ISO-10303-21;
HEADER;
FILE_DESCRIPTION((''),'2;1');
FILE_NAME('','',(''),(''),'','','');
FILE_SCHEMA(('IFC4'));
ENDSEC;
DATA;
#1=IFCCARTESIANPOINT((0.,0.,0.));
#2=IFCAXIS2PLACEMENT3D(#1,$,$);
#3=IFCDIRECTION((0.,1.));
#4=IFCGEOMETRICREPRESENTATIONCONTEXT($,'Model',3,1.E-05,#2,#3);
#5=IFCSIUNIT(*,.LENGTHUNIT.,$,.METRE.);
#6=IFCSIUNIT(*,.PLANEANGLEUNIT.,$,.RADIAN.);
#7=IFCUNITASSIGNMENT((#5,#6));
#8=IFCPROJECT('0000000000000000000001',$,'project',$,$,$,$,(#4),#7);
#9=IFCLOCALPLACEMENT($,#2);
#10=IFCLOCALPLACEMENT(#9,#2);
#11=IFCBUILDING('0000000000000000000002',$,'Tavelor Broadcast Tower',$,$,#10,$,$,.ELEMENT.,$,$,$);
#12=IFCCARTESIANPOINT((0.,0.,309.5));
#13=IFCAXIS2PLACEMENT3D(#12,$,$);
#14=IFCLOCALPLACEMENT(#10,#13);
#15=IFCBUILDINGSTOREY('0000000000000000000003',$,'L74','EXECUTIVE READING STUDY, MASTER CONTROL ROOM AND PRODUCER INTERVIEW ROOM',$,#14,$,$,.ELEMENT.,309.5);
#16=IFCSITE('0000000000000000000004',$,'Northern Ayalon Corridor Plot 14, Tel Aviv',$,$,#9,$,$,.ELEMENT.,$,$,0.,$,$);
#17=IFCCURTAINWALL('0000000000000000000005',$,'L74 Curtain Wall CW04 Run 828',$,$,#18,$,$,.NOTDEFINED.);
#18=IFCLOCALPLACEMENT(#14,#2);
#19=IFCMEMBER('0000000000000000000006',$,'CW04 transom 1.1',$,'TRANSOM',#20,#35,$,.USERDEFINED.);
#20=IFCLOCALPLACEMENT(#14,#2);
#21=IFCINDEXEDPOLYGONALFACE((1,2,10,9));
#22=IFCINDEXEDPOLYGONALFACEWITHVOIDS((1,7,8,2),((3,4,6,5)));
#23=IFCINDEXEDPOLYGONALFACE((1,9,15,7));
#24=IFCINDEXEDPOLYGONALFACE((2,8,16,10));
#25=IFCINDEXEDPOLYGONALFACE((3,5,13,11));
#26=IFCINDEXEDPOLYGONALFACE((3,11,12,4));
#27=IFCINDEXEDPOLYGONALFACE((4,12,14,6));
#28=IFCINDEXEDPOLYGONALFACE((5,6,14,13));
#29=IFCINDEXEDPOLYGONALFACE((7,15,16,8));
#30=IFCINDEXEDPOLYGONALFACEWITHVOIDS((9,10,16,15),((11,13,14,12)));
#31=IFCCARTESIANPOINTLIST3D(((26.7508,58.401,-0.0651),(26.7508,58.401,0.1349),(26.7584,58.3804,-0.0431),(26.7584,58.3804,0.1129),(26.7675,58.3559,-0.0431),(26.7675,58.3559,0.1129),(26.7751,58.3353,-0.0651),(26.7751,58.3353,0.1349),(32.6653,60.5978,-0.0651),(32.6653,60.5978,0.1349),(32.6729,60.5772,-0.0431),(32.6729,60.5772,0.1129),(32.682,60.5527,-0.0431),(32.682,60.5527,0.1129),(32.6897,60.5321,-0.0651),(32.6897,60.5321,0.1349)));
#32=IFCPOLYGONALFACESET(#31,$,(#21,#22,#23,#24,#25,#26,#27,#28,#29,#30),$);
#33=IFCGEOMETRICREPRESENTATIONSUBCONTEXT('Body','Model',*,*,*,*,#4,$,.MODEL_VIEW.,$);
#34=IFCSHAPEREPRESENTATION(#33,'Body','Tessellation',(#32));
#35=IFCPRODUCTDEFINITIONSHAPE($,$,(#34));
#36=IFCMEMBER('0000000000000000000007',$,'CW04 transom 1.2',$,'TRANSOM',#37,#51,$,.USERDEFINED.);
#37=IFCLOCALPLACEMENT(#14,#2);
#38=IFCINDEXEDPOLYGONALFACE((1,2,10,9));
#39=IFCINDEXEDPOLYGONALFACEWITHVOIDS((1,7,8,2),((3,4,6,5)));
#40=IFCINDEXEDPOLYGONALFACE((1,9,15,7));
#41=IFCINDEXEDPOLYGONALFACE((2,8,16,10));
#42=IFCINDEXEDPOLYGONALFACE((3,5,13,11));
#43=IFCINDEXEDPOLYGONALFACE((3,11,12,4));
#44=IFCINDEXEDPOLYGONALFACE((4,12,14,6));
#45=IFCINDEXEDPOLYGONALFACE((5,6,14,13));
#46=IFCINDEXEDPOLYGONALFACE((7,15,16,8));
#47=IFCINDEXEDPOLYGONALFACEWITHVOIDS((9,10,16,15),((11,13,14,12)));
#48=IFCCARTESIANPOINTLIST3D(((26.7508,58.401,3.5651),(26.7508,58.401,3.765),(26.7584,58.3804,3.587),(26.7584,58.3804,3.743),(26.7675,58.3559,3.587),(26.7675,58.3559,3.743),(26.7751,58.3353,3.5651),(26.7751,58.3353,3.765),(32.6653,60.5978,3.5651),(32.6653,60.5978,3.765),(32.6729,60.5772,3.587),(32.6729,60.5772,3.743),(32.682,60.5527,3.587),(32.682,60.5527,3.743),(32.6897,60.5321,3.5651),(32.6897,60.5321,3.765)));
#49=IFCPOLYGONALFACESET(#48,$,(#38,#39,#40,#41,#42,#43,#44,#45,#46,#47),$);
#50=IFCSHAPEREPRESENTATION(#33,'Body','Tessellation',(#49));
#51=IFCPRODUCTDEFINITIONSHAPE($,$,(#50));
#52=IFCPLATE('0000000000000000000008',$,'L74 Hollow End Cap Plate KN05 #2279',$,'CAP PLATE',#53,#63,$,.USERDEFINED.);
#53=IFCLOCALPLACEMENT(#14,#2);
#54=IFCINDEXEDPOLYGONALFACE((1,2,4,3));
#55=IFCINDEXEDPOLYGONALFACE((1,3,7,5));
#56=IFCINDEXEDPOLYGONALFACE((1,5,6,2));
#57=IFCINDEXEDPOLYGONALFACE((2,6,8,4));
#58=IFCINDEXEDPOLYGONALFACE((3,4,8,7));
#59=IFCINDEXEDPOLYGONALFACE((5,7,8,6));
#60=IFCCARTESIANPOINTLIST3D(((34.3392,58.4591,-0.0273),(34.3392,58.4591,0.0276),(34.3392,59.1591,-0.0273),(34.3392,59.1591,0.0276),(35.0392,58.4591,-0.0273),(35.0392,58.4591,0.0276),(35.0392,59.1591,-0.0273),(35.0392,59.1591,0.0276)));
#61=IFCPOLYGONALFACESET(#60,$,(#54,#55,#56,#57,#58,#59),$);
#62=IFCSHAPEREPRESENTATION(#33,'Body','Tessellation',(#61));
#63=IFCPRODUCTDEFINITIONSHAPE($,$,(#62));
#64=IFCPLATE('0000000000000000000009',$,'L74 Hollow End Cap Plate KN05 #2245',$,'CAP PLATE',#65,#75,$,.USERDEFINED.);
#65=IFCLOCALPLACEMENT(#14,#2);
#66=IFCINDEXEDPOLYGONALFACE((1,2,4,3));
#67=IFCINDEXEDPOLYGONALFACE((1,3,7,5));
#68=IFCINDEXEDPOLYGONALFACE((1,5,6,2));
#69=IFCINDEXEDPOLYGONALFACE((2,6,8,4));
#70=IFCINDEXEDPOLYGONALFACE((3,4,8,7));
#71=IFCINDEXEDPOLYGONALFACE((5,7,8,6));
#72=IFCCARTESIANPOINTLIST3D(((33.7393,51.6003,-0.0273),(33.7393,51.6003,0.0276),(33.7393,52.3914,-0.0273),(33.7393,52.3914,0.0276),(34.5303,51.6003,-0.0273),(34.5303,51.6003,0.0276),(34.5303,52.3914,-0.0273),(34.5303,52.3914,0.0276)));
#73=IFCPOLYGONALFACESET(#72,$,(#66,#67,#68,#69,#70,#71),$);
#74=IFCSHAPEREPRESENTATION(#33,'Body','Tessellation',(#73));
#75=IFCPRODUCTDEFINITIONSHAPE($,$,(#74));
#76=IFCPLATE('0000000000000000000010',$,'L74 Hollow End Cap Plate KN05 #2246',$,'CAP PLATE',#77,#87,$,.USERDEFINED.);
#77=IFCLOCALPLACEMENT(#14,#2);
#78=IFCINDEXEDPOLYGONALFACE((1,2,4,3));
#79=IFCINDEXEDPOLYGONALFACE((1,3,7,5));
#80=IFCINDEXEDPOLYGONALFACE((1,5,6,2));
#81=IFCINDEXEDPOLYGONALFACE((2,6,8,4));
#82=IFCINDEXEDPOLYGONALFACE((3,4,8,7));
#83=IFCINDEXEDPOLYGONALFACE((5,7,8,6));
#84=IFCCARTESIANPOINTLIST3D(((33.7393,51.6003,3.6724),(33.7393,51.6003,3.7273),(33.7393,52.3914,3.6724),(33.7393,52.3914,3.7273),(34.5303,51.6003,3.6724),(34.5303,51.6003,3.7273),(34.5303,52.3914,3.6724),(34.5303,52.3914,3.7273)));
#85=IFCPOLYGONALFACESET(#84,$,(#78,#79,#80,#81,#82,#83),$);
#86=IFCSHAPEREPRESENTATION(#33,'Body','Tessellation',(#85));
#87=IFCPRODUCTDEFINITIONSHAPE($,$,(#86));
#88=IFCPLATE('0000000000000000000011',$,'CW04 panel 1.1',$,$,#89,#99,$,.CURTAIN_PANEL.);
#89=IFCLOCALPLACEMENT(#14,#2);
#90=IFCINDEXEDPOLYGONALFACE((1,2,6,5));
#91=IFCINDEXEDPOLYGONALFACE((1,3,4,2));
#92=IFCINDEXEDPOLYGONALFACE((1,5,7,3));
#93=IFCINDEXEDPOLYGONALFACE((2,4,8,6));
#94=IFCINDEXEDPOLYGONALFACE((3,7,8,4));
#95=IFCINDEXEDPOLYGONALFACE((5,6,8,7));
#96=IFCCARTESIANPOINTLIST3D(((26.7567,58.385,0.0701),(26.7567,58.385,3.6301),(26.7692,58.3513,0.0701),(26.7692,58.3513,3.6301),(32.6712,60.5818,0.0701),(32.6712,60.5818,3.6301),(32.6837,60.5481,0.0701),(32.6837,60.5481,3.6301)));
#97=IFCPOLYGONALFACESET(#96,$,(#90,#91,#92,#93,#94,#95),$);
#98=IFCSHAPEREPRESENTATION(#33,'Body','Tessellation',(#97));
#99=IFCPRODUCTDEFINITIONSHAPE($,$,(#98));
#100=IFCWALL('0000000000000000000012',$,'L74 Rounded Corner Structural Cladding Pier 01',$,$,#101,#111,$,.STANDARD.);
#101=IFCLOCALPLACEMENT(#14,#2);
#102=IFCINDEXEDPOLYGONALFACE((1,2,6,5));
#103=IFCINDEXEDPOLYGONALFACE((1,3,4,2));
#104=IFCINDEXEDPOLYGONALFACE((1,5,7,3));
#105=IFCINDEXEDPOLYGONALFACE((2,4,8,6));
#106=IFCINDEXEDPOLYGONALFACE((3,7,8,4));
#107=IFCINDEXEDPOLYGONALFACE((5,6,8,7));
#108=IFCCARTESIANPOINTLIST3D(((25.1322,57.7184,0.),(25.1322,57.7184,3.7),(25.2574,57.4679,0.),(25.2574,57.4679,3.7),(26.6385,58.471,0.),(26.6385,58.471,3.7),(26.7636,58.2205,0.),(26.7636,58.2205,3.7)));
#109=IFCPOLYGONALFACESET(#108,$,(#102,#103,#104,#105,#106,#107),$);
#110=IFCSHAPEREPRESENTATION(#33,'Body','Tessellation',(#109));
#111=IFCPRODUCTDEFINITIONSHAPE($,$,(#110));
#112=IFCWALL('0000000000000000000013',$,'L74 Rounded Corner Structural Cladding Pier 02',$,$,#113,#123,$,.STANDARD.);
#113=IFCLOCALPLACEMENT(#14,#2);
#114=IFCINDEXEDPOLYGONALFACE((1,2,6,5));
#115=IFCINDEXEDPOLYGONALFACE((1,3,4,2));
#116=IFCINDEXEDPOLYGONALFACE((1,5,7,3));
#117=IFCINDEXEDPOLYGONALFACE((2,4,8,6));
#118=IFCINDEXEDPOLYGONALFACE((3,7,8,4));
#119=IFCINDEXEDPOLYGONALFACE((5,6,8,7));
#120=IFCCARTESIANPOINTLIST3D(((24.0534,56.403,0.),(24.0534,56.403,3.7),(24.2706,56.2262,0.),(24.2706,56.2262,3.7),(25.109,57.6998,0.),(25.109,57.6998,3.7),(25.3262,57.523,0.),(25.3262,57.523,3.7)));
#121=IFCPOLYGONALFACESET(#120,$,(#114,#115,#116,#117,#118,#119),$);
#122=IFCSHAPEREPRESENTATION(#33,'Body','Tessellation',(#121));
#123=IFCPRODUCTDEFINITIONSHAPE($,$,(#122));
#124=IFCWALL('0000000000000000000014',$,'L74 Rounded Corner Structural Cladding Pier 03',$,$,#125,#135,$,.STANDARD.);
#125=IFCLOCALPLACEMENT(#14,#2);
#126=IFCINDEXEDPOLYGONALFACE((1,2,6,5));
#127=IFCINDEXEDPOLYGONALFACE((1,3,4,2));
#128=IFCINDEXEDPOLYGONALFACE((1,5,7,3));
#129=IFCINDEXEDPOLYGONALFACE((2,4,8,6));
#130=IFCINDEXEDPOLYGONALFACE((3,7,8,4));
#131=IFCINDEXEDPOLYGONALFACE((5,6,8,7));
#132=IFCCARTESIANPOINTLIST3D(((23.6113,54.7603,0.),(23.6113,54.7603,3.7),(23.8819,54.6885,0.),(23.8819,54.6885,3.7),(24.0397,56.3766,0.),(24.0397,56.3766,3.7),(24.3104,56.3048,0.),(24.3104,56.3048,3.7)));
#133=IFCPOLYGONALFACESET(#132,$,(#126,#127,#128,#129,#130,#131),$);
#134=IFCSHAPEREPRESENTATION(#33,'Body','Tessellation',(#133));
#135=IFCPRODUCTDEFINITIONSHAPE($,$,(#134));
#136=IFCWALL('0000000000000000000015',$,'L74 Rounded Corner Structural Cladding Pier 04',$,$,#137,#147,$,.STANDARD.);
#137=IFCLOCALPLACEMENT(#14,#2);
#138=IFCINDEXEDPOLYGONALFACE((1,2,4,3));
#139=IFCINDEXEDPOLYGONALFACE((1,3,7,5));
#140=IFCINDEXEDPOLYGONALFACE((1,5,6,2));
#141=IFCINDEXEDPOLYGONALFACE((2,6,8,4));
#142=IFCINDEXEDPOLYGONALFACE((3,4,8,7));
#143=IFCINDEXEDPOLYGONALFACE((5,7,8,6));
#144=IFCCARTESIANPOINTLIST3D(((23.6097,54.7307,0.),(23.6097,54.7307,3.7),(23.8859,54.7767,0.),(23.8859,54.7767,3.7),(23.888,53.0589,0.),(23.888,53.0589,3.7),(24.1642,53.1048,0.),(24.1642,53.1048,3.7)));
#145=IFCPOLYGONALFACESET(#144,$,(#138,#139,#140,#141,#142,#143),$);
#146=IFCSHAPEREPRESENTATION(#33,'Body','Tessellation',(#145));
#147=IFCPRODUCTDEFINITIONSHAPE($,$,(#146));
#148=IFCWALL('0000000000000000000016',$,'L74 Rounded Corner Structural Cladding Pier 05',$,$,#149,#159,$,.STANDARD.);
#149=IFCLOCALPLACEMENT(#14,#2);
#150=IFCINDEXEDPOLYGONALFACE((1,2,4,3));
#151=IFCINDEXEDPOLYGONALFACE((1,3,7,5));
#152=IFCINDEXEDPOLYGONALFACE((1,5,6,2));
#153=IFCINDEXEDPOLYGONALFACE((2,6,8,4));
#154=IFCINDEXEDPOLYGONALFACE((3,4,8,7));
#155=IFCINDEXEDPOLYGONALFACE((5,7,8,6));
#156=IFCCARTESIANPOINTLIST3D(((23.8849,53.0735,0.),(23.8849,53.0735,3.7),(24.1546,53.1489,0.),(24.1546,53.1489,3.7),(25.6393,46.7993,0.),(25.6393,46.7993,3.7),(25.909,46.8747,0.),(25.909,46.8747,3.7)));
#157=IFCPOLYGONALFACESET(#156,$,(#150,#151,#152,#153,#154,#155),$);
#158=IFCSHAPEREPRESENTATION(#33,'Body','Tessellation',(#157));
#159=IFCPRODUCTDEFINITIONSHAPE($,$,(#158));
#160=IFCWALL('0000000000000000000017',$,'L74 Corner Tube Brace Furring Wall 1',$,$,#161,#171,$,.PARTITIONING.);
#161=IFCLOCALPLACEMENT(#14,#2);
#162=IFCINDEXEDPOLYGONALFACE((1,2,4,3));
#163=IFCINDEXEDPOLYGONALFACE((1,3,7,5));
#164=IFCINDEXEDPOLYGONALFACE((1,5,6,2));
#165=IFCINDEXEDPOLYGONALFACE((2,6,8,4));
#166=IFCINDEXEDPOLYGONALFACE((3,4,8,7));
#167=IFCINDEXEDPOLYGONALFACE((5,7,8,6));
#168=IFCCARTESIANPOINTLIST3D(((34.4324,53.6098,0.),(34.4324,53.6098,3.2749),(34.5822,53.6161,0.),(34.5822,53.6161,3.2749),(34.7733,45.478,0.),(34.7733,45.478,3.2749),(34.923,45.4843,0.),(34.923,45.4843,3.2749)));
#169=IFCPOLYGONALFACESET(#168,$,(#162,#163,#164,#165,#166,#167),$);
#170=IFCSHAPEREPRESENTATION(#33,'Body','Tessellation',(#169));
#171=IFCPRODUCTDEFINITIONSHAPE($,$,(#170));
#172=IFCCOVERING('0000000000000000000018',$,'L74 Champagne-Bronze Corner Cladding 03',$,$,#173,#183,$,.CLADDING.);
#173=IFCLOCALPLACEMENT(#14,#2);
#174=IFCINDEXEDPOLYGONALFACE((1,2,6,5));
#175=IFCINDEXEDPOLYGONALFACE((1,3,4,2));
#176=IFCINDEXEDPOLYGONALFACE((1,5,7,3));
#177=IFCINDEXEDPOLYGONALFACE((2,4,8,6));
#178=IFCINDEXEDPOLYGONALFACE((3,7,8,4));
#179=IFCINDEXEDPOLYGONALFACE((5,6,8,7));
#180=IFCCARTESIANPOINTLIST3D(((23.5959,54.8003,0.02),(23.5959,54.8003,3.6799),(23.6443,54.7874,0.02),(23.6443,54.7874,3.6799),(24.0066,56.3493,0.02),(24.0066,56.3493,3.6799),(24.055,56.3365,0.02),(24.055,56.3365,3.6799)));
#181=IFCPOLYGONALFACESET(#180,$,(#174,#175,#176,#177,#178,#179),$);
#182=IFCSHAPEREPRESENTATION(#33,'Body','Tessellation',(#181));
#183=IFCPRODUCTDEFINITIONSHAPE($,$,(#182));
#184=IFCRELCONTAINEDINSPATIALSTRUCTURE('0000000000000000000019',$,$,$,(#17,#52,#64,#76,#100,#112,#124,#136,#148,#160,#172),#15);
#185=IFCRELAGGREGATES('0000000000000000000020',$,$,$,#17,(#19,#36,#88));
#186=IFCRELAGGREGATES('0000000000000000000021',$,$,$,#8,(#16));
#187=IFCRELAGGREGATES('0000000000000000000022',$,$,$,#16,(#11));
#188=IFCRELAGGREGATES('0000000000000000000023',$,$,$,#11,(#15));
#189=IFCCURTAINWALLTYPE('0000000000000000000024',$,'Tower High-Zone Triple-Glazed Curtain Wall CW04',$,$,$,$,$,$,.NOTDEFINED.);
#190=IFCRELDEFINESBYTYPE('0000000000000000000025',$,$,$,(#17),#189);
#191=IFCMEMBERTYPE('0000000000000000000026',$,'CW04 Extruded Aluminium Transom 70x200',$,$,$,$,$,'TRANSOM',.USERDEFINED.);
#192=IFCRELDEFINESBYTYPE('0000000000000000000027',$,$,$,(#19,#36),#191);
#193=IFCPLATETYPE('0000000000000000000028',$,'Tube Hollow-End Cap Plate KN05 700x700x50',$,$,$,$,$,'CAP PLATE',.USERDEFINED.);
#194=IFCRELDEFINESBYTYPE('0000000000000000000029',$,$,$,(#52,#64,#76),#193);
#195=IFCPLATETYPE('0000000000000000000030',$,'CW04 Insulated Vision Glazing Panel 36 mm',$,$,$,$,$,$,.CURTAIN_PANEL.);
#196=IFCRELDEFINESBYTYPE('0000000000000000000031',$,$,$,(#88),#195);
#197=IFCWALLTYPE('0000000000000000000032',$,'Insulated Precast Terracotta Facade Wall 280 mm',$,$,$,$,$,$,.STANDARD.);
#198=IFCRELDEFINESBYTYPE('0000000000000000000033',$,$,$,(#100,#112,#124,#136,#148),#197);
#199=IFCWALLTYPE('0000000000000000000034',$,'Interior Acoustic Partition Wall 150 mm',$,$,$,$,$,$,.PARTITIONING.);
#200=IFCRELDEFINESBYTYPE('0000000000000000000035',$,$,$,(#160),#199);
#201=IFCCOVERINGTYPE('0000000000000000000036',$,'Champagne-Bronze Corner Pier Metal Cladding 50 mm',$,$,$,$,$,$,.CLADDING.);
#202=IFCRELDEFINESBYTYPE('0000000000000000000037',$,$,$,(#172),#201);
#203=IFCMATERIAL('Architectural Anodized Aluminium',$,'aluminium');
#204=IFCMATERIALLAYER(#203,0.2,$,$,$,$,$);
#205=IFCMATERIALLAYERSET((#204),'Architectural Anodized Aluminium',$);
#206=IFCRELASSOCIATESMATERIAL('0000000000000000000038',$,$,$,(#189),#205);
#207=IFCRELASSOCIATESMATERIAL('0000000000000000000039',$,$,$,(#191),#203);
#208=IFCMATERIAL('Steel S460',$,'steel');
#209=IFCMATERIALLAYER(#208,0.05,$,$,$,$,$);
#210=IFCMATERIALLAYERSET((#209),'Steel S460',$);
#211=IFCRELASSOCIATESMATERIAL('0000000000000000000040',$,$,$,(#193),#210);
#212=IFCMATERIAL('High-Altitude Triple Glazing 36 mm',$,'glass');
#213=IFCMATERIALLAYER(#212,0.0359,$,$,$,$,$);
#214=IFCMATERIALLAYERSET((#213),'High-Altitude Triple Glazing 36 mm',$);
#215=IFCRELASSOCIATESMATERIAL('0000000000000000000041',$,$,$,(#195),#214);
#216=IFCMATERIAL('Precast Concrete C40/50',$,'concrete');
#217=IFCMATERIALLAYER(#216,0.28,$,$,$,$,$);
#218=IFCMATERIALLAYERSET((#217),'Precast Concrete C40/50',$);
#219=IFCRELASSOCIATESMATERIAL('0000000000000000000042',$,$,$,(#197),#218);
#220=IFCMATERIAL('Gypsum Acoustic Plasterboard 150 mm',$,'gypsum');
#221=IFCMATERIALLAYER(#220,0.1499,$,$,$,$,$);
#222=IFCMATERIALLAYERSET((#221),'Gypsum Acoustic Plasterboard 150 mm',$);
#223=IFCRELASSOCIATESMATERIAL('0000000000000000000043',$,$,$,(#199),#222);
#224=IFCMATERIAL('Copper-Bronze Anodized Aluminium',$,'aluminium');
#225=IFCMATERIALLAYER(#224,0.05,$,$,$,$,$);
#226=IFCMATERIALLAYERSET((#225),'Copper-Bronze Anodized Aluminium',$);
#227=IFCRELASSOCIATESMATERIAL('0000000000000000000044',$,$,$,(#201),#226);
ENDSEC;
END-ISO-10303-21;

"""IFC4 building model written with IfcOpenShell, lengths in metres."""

from ifc_helpers import new_model, si_unit, direction, frame, frame_2d, origin, origin_2d, place, context, subcontext, project, spatial, rectangle, hollow_rectangle, extrude, source, transform, mapped, material, layer, layer_set, material_profile, profile_set, type_object, type_shapes, element, aggregate, save


model = new_model("IFC4")

# Units and contexts
model_context = context("Model", 3, precision=1e-05, world=origin(), true_north=direction((0.0, 1.0)))
body_context = subcontext(model_context, "Body", "Model", "MODEL_VIEW")
ifc_project = project(units=[si_unit("LENGTHUNIT", "METRE"), si_unit("PLANEANGLEUNIT", "RADIAN")], contexts=[model_context])

# Site, building, storey
site_placement = place(None, origin())
site = spatial("IfcSite", under=ifc_project, at=site_placement, Name="Northern Ayalon Corridor Plot 14, Tel Aviv", CompositionType="ELEMENT", RefElevation=0.0)
building_placement = place(site_placement, origin())
building = spatial("IfcBuilding", under=site, at=building_placement, Name="Tavelor Broadcast Tower", CompositionType="ELEMENT")
storey_placement = place(building_placement, frame((0.0, 0.0, 309.5)))
storey = spatial("IfcBuildingStorey", under=building, at=storey_placement, Name="L74", Description="EXECUTIVE READING STUDY, MASTER CONTROL ROOM AND PRODUCER INTERVIEW ROOM", CompositionType="ELEMENT", Elevation=309.5)

# Shared definitions
ifc_material_1 = material(Name="Steel S460", Category="steel")

# Shared definitions
ifc_material_2 = material(Name="Architectural Anodized Aluminium", Category="aluminium")
ifc_layer_1 = layer(ifc_material_2, 0.2)
ifc_layer_set_1 = layer_set([ifc_layer_1], Name="Architectural Anodized Aluminium")
curtain_wall_type = type_object("IfcCurtainWallType", Name="Tower High-Zone Triple-Glazed Curtain Wall CW04", PredefinedType="NOTDEFINED", material=ifc_layer_set_1)

# Curtain wall, members
curtain_wall_1_placement = place(storey_placement, origin())
curtain_wall_1 = element("IfcCurtainWall", 1, at=curtain_wall_1_placement, inside=storey, type_object=curtain_wall_type, Name="L74 Curtain Wall CW04 Run 828", PredefinedType="NOTDEFINED")
ifc_material_profile_1 = material_profile(ifc_material_2, hollow_rectangle(XDim=0.0701, YDim=0.2, WallThickness=0.022, at=origin_2d()), Name="RHS 70x200x22")
ifc_profile_set_1 = profile_set([ifc_material_profile_1], Name="Architectural Anodized Aluminium")
member_type_1 = type_object("IfcMemberType", Name="CW04 Extruded Aluminium Transom 70x200", ElementType="TRANSOM", PredefinedType="USERDEFINED", material=ifc_profile_set_1)
shared_shape_1 = source(origin(), body_context, "Body", "SweptSolid", [
    extrude(hollow_rectangle(XDim=0.0701, YDim=0.2, WallThickness=0.022, at=origin_2d()), origin(), (0.0, 0.0, 1.0), 6.3093),
])
type_shapes(member_type_1, [shared_shape_1])
member_1_placement = place(storey_placement, frame((32.6775, 60.5649, 0.0349), z_axis=(-0.937428, -0.348179, 0.0), x_axis=(0.348179, -0.937428, 0.0)))
member_1 = element("IfcMember", 2, at=member_1_placement, type_object=member_type_1, Name="CW04 transom 1.1", ObjectType="TRANSOM", PredefinedType="USERDEFINED", context=body_context, shape_type="MappedRepresentation", body=[
    mapped(shared_shape_1, transform((0.0, 0.0, 0.0), scale=1.0)),
])
member_2_placement = place(storey_placement, frame((32.6775, 60.5649, 3.665), z_axis=(-0.937428, -0.348179, 0.0), x_axis=(0.348179, -0.937428, 0.0)))
member_2 = element("IfcMember", 3, at=member_2_placement, type_object=member_type_1, Name="CW04 transom 1.2", ObjectType="TRANSOM", PredefinedType="USERDEFINED", context=body_context, shape_type="MappedRepresentation", body=[
    mapped(shared_shape_1, transform((0.0, 0.0, 0.0), scale=1.0)),
])

# Plates
ifc_layer_2 = layer(ifc_material_1, 0.05)
ifc_layer_set_2 = layer_set([ifc_layer_2], Name="Steel S460")
plate_type_1 = type_object("IfcPlateType", Name="Tube Hollow-End Cap Plate KN05 700x700x50", ElementType="CAP PLATE", PredefinedType="USERDEFINED", material=ifc_layer_set_2)
shared_shape_2 = source(origin(), body_context, "Body", "SweptSolid", [
    extrude(rectangle(XDim=0.7, YDim=0.7, at=origin_2d()), origin(), (0.0, 0.0, 1.0), 0.0549),
])
plate_1_placement = place(storey_placement, frame((34.6892, 58.8091, -0.0273), z_axis=(0.0, 0.0, 1.0), x_axis=(1.0, 0.0, 0.0)))
element("IfcPlate", 4, at=plate_1_placement, inside=storey, type_object=plate_type_1, Name="L74 Hollow End Cap Plate KN05 #2279", ObjectType="CAP PLATE", PredefinedType="USERDEFINED", context=body_context, shape_type="MappedRepresentation", body=[
    mapped(shared_shape_2, transform((0.0, 0.0, 0.0), scale=1.0)),
])
shared_shape_3 = source(origin(), body_context, "Body", "SweptSolid", [
    extrude(rectangle(XDim=0.791, YDim=0.791, at=origin_2d()), origin(), (0.0, 0.0, 1.0), 0.0549),
])
type_shapes(plate_type_1, [shared_shape_2, shared_shape_3])
for number, where, z_axis, x_axis, name in (
    (5, (34.1348, 51.9958, -0.0273), (0.0, 0.0, 1.0), (1.0, 0.0, 0.0), "L74 Hollow End Cap Plate KN05 #2245"),
    (6, (34.1348, 51.9958, 3.6724), (0.0, 0.0, 1.0), (1.0, 0.0, 0.0), "L74 Hollow End Cap Plate KN05 #2246"),
):
    element("IfcPlate", number, at=place(storey_placement, frame(where, z_axis=z_axis, x_axis=x_axis)), inside=storey, type_object=plate_type_1, Name=name, ObjectType="CAP PLATE", PredefinedType="USERDEFINED", context=body_context, shape_type="MappedRepresentation", body=[
        mapped(shared_shape_3, transform((0.0, 0.0, 0.0), scale=1.0)),
    ])

# Plate
ifc_material_3 = material(Name="High-Altitude Triple Glazing 36 mm", Category="glass")
ifc_layer_3 = layer(ifc_material_3, 0.0359)
ifc_layer_set_3 = layer_set([ifc_layer_3], Name="High-Altitude Triple Glazing 36 mm")
plate_type_2 = type_object("IfcPlateType", Name="CW04 Insulated Vision Glazing Panel 36 mm", PredefinedType="CURTAIN_PANEL", material=ifc_layer_set_3)
shared_shape_4 = source(origin(), body_context, "Body", "SweptSolid", [
    extrude(rectangle(XDim=6.3093, YDim=0.0359, at=origin_2d()), origin(), (0.0, 0.0, 1.0), 3.5601),
])
type_shapes(plate_type_2, [shared_shape_4])
plate_2_placement = place(storey_placement, frame((29.7202, 59.4666, 0.0701), z_axis=(0.0, 0.0, 1.0), x_axis=(-0.937428, -0.34818, 0.0)))
plate_2 = element("IfcPlate", 7, at=plate_2_placement, type_object=plate_type_2, Name="CW04 panel 1.1", PredefinedType="CURTAIN_PANEL", context=body_context, shape_type="MappedRepresentation", body=[
    mapped(shared_shape_4, transform((0.0, 0.0, 0.0), scale=1.0)),
])
aggregate(curtain_wall_1, [member_1, member_2, plate_2])

# Walls
ifc_material_4 = material(Name="Precast Concrete C40/50", Category="concrete")
ifc_layer_4 = layer(ifc_material_4, 0.28)
ifc_layer_set_4 = layer_set([ifc_layer_4], Name="Precast Concrete C40/50")
wall_type_1 = type_object("IfcWallType", Name="Insulated Precast Terracotta Facade Wall 280 mm", PredefinedType="STANDARD", material=ifc_layer_set_4)
wall_1_placement = place(storey_placement, frame((26.7009, 58.3457, 0.0), z_axis=(0.0, 0.0, 1.0), x_axis=(-0.894543, -0.446982, 0.0)))
element("IfcWall", 8, at=wall_1_placement, inside=storey, type_object=wall_type_1, Name="L74 Rounded Corner Structural Cladding Pier 01", PredefinedType="STANDARD", context=body_context, shape_type="SweptSolid", body=[
    extrude(rectangle(XDim=1.6838, YDim=0.28, at=frame_2d((0.8418, 0.0))), origin(), (0.0, 0.0, 1.0), 3.7),
])
for number, where, z_axis, x_axis, name in (
    (9, (25.2175, 57.6113, 0.0), (0.0, 0.0, 1.0), (-0.631296, -0.775542, 0.0), "L74 Rounded Corner Structural Cladding Pier 02"),
    (10, (24.175, 56.3406, 0.0), (0.0, 0.0, 1.0), (-0.256254, -0.96661, 0.0), "L74 Rounded Corner Structural Cladding Pier 03"),
):
    element("IfcWall", number, at=place(storey_placement, frame(where, z_axis=z_axis, x_axis=x_axis)), inside=storey, type_object=wall_type_1, Name=name, PredefinedType="STANDARD", context=body_context, shape_type="SweptSolid", body=[
        extrude(rectangle(XDim=1.6721, YDim=0.28, at=frame_2d((0.8359, 0.0))), origin(), (0.0, 0.0, 1.0), 3.7),
    ])
wall_2_placement = place(storey_placement, frame((23.7478, 54.7537, 0.0), z_axis=(0.0, 0.0, 1.0), x_axis=(0.164212, -0.986425, 0.0)))
element("IfcWall", 11, at=wall_2_placement, inside=storey, type_object=wall_type_1, Name="L74 Rounded Corner Structural Cladding Pier 04", PredefinedType="STANDARD", context=body_context, shape_type="SweptSolid", body=[
    extrude(rectangle(XDim=1.6948, YDim=0.28, at=frame_2d((0.8474, 0.0))), origin(), (0.0, 0.0, 1.0), 3.7),
])
wall_3_placement = place(storey_placement, frame((24.0198, 53.1111, 0.0), z_axis=(0.0, 0.0, 1.0), x_axis=(0.269292, -0.963059, 0.0)))
element("IfcWall", 12, at=wall_3_placement, inside=storey, type_object=wall_type_1, Name="L74 Rounded Corner Structural Cladding Pier 05", PredefinedType="STANDARD", context=body_context, shape_type="SweptSolid", body=[
    extrude(rectangle(XDim=6.5149, YDim=0.28, at=frame_2d((3.2573, 0.0))), origin(), (0.0, 0.0, 1.0), 3.7),
])
ifc_material_5 = material(Name="Gypsum Acoustic Plasterboard 150 mm", Category="gypsum")
ifc_layer_5 = layer(ifc_material_5, 0.1499)
ifc_layer_set_5 = layer_set([ifc_layer_5], Name="Gypsum Acoustic Plasterboard 150 mm")
wall_type_2 = type_object("IfcWallType", Name="Interior Acoustic Partition Wall 150 mm", PredefinedType="PARTITIONING", material=ifc_layer_set_5)
wall_4_placement = place(storey_placement, frame((34.5073, 53.6128, 0.0), z_axis=(0.0, 0.0, 1.0), x_axis=(0.041875, -0.999123, 0.0)))
element("IfcWall", 13, at=wall_4_placement, inside=storey, type_object=wall_type_2, Name="L74 Corner Tube Brace Furring Wall 1", PredefinedType="PARTITIONING", context=body_context, shape_type="SweptSolid", body=[
    extrude(rectangle(XDim=8.1389, YDim=0.1499, at=frame_2d((4.0693, 0.0))), origin(), (0.0, 0.0, 1.0), 3.2749),
])

# Covering
ifc_material_6 = material(Name="Copper-Bronze Anodized Aluminium", Category="aluminium")
ifc_layer_6 = layer(ifc_material_6, 0.05)
ifc_layer_set_6 = layer_set([ifc_layer_6], Name="Copper-Bronze Anodized Aluminium")
covering_type = type_object("IfcCoveringType", Name="Champagne-Bronze Corner Pier Metal Cladding 50 mm", PredefinedType="CLADDING", material=ifc_layer_set_6)
covering_placement = place(storey_placement, frame((23.8254, 55.5684, 0.02), z_axis=(0.0, 0.0, 1.0), x_axis=(-0.256289, -0.9666, 0.0)))
element("IfcCovering", 14, at=covering_placement, inside=storey, type_object=covering_type, Name="L74 Champagne-Bronze Corner Cladding 03", PredefinedType="CLADDING", context=body_context, shape_type="SweptSolid", body=[
    extrude(rectangle(XDim=1.6025, YDim=0.05, at=origin_2d()), origin(), (0.0, 0.0, 1.0), 3.6599),
])

save(model, "model.ifc")
